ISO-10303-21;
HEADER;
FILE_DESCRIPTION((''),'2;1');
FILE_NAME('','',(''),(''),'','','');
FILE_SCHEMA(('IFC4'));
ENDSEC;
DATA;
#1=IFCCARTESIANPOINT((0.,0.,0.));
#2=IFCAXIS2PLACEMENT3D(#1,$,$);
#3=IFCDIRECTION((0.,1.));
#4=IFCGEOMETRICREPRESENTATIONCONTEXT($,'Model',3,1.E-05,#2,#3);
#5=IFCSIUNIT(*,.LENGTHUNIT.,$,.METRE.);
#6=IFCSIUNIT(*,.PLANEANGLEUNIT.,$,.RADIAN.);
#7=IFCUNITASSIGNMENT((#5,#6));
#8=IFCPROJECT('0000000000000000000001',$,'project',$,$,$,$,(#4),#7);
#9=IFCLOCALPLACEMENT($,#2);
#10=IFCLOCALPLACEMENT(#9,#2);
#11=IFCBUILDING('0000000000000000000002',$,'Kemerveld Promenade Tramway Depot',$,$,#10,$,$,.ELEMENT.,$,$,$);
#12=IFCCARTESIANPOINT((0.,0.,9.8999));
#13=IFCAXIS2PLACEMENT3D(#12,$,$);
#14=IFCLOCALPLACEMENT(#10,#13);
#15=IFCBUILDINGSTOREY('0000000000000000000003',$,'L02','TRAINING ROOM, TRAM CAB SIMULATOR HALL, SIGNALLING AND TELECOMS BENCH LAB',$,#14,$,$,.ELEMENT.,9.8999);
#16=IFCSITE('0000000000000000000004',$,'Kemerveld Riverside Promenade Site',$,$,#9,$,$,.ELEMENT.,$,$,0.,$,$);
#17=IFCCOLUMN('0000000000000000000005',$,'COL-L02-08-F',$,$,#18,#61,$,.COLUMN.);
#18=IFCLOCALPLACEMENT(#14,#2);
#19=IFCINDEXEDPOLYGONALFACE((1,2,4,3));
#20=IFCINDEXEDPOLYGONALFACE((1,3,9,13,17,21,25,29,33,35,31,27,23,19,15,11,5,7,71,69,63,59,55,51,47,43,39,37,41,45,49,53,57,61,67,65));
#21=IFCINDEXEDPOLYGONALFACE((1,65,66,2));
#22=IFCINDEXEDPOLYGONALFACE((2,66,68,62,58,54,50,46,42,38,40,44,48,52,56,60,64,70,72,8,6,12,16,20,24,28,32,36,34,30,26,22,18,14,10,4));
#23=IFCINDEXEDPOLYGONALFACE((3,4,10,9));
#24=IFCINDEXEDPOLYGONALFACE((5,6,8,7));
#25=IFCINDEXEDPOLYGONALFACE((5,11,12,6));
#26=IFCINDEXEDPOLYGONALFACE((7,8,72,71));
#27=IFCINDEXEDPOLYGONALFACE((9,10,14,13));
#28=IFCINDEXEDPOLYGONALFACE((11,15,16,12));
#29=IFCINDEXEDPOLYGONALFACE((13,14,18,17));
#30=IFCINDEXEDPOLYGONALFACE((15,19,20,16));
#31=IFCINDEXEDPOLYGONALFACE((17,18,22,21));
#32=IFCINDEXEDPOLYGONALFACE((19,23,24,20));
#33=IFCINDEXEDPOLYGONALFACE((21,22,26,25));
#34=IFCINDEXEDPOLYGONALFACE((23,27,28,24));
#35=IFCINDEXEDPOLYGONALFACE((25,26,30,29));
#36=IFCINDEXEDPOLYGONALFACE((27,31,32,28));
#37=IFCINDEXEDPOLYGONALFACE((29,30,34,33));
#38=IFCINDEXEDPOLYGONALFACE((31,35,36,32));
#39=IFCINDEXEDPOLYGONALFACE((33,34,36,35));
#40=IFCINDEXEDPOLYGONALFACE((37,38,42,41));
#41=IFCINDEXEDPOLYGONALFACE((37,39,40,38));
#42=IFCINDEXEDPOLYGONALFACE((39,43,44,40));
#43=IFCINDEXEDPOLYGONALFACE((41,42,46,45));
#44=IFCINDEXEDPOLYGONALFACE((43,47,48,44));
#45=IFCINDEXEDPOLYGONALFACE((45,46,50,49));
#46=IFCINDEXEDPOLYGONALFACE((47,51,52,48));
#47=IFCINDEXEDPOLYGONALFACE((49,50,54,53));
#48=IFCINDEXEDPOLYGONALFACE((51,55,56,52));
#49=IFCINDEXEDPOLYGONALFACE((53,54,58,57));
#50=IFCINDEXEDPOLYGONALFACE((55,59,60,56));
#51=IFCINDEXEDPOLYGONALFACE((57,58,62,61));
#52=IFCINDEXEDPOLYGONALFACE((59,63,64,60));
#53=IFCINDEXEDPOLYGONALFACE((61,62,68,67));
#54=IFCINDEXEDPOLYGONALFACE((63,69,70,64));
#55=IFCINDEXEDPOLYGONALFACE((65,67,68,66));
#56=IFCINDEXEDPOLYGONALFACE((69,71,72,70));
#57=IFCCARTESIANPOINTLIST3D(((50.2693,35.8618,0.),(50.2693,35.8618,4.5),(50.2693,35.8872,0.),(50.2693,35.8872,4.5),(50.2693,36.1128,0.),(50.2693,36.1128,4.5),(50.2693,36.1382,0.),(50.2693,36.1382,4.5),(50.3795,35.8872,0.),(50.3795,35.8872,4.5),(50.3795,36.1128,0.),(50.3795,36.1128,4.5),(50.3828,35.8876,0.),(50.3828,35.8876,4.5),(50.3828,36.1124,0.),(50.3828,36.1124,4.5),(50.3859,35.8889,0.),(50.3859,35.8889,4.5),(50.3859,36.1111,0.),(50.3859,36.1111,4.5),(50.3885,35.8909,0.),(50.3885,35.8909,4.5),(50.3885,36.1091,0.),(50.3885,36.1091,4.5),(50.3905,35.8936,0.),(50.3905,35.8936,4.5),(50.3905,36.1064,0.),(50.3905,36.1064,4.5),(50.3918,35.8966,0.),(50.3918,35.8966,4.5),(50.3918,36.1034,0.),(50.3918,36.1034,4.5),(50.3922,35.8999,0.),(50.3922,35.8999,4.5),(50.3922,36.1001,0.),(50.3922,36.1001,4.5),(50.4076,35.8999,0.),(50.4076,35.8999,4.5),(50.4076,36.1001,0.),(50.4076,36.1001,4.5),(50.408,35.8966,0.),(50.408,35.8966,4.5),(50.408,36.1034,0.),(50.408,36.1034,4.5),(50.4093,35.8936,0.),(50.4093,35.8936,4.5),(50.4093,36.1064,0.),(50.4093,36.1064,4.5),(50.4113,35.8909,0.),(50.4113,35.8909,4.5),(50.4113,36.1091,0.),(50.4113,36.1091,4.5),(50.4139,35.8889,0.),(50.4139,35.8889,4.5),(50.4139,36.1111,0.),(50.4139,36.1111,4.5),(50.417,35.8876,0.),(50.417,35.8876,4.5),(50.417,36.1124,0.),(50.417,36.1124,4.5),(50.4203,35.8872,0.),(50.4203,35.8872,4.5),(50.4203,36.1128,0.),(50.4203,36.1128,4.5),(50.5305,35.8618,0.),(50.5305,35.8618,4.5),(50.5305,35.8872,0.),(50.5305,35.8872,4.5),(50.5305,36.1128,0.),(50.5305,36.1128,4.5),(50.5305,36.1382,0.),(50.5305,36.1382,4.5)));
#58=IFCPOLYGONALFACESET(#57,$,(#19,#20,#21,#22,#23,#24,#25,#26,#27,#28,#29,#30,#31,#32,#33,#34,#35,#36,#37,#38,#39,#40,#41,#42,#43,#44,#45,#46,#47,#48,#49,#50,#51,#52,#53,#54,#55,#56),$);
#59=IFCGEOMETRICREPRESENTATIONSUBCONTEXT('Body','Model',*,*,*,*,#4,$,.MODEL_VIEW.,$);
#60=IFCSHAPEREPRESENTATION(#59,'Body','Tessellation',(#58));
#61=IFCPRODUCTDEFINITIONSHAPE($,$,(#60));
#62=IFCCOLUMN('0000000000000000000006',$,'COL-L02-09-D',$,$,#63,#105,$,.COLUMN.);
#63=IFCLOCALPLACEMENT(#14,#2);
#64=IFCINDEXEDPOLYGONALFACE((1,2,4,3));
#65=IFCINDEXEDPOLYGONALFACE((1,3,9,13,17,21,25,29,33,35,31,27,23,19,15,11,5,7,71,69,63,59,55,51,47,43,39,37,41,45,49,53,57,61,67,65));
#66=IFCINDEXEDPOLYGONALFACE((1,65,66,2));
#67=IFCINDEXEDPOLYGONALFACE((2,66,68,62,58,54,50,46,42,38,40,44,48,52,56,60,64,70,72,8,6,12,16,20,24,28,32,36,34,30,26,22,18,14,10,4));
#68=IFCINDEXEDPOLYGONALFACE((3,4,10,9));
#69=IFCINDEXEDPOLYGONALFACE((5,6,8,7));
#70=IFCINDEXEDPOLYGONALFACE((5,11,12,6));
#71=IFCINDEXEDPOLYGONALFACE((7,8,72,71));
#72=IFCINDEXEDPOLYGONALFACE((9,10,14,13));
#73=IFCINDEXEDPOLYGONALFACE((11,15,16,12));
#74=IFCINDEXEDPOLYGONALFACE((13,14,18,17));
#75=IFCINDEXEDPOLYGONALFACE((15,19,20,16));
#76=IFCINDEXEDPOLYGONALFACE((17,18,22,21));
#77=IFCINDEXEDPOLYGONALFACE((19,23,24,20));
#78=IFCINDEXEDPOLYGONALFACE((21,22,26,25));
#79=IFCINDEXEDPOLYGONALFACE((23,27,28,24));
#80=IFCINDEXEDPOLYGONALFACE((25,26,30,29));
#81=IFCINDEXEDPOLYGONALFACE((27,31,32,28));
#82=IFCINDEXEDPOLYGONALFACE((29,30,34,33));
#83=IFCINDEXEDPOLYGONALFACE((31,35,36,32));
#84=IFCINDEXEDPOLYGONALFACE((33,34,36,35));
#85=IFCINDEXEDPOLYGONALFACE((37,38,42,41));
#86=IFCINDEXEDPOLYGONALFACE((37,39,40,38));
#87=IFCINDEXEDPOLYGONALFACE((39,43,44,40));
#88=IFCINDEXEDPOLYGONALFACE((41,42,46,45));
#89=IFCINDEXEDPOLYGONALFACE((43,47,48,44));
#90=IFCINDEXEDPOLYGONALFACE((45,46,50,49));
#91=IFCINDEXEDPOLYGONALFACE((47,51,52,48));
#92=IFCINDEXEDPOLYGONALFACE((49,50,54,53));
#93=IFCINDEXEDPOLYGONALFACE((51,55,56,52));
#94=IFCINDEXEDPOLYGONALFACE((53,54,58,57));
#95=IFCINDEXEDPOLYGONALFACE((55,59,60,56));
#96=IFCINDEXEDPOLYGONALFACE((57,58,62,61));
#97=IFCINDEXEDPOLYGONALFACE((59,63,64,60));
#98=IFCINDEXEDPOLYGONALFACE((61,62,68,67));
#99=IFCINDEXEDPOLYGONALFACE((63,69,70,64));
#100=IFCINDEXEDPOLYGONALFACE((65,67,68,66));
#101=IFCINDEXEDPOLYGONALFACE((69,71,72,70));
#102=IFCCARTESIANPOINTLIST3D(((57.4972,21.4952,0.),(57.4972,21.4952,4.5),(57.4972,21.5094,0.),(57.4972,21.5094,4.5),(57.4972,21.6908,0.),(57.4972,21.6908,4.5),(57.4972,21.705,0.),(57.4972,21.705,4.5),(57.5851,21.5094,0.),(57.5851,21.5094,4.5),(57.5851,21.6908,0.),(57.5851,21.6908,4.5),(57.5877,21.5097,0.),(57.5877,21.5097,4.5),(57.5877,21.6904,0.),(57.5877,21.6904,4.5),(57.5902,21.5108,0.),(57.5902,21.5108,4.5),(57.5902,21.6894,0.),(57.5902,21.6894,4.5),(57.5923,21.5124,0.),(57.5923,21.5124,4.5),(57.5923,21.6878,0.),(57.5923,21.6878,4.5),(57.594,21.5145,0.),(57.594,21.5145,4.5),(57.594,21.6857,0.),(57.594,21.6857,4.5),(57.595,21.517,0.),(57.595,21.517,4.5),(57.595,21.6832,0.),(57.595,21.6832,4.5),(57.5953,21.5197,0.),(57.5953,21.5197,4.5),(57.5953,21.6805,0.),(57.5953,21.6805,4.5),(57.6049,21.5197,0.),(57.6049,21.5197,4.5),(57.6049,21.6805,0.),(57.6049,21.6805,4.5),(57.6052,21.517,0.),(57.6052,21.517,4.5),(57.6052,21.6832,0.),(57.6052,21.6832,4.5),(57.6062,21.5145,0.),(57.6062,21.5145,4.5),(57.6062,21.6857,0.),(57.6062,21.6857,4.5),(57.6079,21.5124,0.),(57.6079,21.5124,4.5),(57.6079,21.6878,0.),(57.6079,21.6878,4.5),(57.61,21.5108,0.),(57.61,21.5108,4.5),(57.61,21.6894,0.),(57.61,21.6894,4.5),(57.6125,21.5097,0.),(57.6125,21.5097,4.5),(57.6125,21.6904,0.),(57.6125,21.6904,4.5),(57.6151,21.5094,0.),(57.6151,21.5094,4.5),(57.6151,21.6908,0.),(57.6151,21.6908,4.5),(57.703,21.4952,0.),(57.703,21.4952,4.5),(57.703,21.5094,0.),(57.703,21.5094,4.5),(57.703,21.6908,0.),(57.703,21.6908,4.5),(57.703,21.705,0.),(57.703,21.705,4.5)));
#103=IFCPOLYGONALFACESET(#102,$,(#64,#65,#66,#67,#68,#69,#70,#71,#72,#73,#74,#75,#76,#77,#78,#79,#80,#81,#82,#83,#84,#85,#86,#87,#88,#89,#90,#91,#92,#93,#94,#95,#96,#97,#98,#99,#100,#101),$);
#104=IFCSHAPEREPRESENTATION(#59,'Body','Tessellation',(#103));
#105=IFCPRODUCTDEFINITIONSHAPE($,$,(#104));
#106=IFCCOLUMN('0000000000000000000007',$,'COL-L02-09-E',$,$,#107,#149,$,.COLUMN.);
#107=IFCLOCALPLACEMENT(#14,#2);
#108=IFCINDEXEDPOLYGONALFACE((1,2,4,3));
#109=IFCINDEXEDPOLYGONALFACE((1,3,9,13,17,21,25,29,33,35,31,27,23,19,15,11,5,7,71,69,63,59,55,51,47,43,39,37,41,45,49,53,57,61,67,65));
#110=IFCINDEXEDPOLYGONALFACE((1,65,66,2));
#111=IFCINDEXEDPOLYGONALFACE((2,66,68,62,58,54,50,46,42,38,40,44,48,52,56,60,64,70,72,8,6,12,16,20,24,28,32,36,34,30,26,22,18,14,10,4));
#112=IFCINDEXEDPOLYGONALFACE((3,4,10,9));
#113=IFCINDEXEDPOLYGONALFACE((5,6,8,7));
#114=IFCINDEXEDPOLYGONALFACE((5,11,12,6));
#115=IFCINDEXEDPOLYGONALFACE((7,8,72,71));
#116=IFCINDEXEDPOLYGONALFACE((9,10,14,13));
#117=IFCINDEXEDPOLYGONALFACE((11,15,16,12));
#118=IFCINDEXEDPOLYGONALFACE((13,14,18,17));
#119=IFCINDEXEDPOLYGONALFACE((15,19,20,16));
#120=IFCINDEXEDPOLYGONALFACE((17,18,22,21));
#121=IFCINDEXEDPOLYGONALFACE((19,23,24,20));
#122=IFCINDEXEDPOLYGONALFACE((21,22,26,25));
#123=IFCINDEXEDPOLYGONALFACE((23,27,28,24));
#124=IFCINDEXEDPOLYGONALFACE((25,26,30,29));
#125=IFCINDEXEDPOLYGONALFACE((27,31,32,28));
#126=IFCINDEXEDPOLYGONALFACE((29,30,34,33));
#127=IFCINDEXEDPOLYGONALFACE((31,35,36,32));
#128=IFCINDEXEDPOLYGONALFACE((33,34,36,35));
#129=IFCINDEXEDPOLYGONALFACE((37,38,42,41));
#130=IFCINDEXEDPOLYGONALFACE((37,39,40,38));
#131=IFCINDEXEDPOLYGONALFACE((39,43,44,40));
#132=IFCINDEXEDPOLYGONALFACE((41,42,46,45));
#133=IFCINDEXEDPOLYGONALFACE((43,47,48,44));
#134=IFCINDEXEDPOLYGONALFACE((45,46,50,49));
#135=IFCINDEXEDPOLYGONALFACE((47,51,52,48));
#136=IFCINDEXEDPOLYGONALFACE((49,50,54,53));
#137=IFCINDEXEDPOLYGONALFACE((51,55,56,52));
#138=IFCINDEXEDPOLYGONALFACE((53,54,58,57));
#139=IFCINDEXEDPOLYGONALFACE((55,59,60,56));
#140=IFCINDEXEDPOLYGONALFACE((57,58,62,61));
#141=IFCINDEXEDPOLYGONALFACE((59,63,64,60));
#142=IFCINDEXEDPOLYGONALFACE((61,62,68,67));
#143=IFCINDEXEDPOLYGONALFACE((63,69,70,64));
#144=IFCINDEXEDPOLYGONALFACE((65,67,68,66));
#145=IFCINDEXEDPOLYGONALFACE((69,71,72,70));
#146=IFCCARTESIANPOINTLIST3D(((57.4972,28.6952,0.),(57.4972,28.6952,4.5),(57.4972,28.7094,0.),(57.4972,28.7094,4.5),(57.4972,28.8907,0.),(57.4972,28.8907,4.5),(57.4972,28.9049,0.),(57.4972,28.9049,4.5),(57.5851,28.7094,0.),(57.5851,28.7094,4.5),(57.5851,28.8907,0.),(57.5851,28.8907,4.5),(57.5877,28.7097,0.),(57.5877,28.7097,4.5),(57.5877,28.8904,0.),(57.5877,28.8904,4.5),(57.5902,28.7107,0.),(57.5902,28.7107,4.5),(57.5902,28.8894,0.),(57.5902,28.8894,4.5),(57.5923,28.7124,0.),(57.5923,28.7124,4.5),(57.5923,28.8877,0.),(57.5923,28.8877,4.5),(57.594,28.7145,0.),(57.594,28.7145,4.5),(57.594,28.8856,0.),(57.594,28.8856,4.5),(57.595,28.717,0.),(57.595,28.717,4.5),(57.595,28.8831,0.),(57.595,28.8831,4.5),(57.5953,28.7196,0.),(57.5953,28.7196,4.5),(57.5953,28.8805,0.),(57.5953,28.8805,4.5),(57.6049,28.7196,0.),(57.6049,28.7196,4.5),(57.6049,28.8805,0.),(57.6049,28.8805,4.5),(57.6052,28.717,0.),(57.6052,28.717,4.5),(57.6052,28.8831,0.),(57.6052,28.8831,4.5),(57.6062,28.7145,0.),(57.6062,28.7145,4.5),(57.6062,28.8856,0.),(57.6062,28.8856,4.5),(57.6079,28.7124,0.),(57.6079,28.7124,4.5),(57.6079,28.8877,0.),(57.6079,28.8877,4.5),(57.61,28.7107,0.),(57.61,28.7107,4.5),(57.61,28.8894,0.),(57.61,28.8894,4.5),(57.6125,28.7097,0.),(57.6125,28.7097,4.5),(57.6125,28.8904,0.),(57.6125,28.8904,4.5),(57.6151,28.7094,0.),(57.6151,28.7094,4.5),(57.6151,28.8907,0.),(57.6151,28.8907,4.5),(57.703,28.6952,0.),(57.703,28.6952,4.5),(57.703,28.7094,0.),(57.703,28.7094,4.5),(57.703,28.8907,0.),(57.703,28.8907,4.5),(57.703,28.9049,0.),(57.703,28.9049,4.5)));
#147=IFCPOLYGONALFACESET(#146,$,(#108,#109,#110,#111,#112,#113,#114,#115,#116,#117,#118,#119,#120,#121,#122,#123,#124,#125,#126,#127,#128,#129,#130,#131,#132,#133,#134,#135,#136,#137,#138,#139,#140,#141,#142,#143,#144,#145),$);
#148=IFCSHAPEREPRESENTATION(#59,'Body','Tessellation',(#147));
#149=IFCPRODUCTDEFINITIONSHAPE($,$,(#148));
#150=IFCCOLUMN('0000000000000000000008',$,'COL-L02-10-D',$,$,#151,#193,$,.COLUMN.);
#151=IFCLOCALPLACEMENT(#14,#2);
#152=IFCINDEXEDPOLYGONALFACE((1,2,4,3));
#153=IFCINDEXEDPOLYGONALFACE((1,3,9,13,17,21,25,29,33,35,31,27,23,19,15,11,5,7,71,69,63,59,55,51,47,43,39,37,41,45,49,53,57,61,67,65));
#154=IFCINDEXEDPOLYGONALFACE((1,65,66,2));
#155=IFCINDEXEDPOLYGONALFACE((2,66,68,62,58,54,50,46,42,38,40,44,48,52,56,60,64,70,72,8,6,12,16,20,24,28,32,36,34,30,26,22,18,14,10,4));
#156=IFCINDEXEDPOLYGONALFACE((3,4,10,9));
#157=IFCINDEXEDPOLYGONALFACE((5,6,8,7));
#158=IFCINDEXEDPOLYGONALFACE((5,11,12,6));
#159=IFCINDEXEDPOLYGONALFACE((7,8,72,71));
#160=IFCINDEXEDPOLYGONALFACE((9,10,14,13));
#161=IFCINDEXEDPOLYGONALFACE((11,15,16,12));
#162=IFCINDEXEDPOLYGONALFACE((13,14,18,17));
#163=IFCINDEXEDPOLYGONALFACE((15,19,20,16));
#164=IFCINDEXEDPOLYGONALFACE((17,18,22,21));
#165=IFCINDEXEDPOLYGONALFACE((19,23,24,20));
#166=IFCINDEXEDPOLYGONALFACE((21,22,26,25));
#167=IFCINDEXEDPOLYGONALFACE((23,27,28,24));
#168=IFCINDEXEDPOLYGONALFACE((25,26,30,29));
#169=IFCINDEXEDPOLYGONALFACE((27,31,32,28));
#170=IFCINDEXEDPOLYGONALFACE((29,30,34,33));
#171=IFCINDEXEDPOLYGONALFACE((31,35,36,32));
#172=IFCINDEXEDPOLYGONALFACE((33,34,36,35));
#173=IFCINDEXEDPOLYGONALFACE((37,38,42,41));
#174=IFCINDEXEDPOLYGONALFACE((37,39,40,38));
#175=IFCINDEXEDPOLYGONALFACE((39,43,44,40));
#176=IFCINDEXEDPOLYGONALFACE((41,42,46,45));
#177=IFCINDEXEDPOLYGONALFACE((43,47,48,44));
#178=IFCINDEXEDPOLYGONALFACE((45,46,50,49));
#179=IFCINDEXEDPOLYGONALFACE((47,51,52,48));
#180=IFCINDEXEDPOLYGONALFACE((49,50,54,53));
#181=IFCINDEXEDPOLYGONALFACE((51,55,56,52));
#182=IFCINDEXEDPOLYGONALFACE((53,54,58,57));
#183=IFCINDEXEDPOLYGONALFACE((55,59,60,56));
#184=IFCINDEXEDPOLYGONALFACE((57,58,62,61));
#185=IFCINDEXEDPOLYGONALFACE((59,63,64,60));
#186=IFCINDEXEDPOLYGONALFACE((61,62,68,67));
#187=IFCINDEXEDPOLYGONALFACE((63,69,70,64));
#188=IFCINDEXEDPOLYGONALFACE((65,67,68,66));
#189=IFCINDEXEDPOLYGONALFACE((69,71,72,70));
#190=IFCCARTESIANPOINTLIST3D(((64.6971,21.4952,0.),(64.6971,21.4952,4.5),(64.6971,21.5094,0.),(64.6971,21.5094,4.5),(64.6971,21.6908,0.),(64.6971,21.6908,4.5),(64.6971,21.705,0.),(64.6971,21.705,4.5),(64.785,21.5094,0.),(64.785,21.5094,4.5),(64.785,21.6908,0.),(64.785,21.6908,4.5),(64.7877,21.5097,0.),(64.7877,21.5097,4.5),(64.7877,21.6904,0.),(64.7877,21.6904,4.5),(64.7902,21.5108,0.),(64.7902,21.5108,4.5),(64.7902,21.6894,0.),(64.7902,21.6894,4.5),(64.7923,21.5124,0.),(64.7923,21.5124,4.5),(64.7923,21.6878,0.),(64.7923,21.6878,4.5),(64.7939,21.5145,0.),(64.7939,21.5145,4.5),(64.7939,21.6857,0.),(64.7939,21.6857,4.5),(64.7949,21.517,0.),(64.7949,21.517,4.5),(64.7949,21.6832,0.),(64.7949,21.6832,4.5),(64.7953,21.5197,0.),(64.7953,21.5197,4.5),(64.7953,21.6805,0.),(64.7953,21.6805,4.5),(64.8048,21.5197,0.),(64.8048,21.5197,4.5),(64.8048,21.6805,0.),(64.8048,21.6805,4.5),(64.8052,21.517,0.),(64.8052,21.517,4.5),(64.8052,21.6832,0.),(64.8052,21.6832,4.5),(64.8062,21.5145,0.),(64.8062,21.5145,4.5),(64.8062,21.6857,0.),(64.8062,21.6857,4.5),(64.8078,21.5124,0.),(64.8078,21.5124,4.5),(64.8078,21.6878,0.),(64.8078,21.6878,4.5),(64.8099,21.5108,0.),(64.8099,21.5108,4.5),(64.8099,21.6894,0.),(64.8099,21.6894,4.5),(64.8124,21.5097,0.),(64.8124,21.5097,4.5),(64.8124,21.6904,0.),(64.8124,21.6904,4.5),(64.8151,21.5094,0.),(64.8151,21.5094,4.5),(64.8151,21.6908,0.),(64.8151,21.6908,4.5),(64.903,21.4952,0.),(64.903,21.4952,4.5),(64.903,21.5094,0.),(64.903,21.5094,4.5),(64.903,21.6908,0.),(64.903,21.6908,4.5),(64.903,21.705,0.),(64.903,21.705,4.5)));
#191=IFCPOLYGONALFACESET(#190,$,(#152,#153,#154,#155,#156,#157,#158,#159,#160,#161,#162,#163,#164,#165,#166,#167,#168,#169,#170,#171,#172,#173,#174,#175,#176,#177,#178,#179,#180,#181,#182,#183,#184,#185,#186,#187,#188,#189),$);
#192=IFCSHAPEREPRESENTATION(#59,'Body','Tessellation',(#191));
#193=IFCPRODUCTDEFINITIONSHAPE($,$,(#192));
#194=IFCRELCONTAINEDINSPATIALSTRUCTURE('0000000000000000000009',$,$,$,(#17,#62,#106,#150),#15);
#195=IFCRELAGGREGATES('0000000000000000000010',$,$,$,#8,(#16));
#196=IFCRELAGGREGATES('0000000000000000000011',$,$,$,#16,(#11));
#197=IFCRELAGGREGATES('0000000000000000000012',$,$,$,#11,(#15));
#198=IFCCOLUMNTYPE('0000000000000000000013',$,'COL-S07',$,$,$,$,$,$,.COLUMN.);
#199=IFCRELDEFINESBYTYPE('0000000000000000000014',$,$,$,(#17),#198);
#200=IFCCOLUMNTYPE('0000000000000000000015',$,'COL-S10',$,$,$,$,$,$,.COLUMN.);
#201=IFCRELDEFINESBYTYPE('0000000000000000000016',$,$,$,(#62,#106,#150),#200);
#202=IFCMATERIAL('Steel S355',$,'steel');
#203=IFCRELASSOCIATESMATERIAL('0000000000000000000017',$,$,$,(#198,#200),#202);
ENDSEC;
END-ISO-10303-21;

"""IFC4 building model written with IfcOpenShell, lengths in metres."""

from ifc_helpers import new_model, si_unit, direction, frame, origin, origin_2d, place, context, subcontext, project, spatial, i_section, extrude, material, material_profile, profile_set, type_object, element, save


model = new_model("IFC4")

# Units and contexts
model_context = context("Model", 3, precision=1e-05, world=origin(), true_north=direction((0.0, 1.0)))
body_context = subcontext(model_context, "Body", "Model", "MODEL_VIEW")
ifc_project = project(units=[si_unit("LENGTHUNIT", "METRE"), si_unit("PLANEANGLEUNIT", "RADIAN")], contexts=[model_context])

# Site, building, storey
site_placement = place(None, origin())
site = spatial("IfcSite", under=ifc_project, at=site_placement, Name="Kemerveld Riverside Promenade Site", CompositionType="ELEMENT", RefElevation=0.0)
building_placement = place(site_placement, origin())
building = spatial("IfcBuilding", under=site, at=building_placement, Name="Kemerveld Promenade Tramway Depot", CompositionType="ELEMENT")
storey_placement = place(building_placement, frame((0.0, 0.0, 9.8999)))
storey = spatial("IfcBuildingStorey", under=building, at=storey_placement, Name="L02", Description="TRAINING ROOM, TRAM CAB SIMULATOR HALL, SIGNALLING AND TELECOMS BENCH LAB", CompositionType="ELEMENT", Elevation=9.8999)

# Columns
ifc_material_1 = material(Name="Steel S355", Category="steel")
ifc_material_profile_1 = material_profile(ifc_material_1, i_section(OverallWidth=0.2612, OverallDepth=0.2764, WebThickness=0.0154, FlangeThickness=0.0254, FilletRadius=0.0127, at=origin_2d()), Name="254x254x132 UC")
ifc_profile_set_1 = profile_set([ifc_material_profile_1], Name="Steel S355")
column_type_1 = type_object("IfcColumnType", Name="COL-S07", PredefinedType="COLUMN", material=ifc_profile_set_1)
column_placement = place(storey_placement, frame((50.3999, 36.0, 0.0), z_axis=(0.0, 0.0, 1.0), x_axis=(1.0, 0.0, 0.0)))
element("IfcColumn", 1, at=column_placement, inside=storey, type_object=column_type_1, Name="COL-L02-08-F", PredefinedType="COLUMN", context=body_context, shape_type="SweptSolid", body=[
    extrude(i_section(OverallWidth=0.2612, OverallDepth=0.2764, WebThickness=0.0154, FlangeThickness=0.0254, FilletRadius=0.0127, at=origin_2d()), origin(), (0.0, 0.0, 1.0), 4.5),
])
ifc_material_profile_2 = material_profile(ifc_material_1, i_section(OverallWidth=0.2058, OverallDepth=0.2097, WebThickness=0.0095, FlangeThickness=0.0142, FilletRadius=0.0103, at=origin_2d()), Name="203x203x60 UC")
ifc_profile_set_2 = profile_set([ifc_material_profile_2], Name="Steel S355")
column_type_2 = type_object("IfcColumnType", Name="COL-S10", PredefinedType="COLUMN", material=ifc_profile_set_2)
for number, where, z_axis, x_axis, name in (
    (2, (57.6001, 21.6001, 0.0), (0.0, 0.0, 1.0), (1.0, 0.0, 0.0), "COL-L02-09-D"),
    (3, (57.6001, 28.8, 0.0), (0.0, 0.0, 1.0), (1.0, 0.0, 0.0), "COL-L02-09-E"),
    (4, (64.8, 21.6001, 0.0), (0.0, 0.0, 1.0), (1.0, 0.0, 0.0), "COL-L02-10-D"),
):
    element("IfcColumn", number, at=place(storey_placement, frame(where, z_axis=z_axis, x_axis=x_axis)), inside=storey, type_object=column_type_2, Name=name, PredefinedType="COLUMN", context=body_context, shape_type="SweptSolid", body=[
        extrude(i_section(OverallWidth=0.2058, OverallDepth=0.2097, WebThickness=0.0095, FlangeThickness=0.0142, FilletRadius=0.0103, at=origin_2d()), origin(), (0.0, 0.0, 1.0), 4.5),
    ])

save(model, "model.ifc")
